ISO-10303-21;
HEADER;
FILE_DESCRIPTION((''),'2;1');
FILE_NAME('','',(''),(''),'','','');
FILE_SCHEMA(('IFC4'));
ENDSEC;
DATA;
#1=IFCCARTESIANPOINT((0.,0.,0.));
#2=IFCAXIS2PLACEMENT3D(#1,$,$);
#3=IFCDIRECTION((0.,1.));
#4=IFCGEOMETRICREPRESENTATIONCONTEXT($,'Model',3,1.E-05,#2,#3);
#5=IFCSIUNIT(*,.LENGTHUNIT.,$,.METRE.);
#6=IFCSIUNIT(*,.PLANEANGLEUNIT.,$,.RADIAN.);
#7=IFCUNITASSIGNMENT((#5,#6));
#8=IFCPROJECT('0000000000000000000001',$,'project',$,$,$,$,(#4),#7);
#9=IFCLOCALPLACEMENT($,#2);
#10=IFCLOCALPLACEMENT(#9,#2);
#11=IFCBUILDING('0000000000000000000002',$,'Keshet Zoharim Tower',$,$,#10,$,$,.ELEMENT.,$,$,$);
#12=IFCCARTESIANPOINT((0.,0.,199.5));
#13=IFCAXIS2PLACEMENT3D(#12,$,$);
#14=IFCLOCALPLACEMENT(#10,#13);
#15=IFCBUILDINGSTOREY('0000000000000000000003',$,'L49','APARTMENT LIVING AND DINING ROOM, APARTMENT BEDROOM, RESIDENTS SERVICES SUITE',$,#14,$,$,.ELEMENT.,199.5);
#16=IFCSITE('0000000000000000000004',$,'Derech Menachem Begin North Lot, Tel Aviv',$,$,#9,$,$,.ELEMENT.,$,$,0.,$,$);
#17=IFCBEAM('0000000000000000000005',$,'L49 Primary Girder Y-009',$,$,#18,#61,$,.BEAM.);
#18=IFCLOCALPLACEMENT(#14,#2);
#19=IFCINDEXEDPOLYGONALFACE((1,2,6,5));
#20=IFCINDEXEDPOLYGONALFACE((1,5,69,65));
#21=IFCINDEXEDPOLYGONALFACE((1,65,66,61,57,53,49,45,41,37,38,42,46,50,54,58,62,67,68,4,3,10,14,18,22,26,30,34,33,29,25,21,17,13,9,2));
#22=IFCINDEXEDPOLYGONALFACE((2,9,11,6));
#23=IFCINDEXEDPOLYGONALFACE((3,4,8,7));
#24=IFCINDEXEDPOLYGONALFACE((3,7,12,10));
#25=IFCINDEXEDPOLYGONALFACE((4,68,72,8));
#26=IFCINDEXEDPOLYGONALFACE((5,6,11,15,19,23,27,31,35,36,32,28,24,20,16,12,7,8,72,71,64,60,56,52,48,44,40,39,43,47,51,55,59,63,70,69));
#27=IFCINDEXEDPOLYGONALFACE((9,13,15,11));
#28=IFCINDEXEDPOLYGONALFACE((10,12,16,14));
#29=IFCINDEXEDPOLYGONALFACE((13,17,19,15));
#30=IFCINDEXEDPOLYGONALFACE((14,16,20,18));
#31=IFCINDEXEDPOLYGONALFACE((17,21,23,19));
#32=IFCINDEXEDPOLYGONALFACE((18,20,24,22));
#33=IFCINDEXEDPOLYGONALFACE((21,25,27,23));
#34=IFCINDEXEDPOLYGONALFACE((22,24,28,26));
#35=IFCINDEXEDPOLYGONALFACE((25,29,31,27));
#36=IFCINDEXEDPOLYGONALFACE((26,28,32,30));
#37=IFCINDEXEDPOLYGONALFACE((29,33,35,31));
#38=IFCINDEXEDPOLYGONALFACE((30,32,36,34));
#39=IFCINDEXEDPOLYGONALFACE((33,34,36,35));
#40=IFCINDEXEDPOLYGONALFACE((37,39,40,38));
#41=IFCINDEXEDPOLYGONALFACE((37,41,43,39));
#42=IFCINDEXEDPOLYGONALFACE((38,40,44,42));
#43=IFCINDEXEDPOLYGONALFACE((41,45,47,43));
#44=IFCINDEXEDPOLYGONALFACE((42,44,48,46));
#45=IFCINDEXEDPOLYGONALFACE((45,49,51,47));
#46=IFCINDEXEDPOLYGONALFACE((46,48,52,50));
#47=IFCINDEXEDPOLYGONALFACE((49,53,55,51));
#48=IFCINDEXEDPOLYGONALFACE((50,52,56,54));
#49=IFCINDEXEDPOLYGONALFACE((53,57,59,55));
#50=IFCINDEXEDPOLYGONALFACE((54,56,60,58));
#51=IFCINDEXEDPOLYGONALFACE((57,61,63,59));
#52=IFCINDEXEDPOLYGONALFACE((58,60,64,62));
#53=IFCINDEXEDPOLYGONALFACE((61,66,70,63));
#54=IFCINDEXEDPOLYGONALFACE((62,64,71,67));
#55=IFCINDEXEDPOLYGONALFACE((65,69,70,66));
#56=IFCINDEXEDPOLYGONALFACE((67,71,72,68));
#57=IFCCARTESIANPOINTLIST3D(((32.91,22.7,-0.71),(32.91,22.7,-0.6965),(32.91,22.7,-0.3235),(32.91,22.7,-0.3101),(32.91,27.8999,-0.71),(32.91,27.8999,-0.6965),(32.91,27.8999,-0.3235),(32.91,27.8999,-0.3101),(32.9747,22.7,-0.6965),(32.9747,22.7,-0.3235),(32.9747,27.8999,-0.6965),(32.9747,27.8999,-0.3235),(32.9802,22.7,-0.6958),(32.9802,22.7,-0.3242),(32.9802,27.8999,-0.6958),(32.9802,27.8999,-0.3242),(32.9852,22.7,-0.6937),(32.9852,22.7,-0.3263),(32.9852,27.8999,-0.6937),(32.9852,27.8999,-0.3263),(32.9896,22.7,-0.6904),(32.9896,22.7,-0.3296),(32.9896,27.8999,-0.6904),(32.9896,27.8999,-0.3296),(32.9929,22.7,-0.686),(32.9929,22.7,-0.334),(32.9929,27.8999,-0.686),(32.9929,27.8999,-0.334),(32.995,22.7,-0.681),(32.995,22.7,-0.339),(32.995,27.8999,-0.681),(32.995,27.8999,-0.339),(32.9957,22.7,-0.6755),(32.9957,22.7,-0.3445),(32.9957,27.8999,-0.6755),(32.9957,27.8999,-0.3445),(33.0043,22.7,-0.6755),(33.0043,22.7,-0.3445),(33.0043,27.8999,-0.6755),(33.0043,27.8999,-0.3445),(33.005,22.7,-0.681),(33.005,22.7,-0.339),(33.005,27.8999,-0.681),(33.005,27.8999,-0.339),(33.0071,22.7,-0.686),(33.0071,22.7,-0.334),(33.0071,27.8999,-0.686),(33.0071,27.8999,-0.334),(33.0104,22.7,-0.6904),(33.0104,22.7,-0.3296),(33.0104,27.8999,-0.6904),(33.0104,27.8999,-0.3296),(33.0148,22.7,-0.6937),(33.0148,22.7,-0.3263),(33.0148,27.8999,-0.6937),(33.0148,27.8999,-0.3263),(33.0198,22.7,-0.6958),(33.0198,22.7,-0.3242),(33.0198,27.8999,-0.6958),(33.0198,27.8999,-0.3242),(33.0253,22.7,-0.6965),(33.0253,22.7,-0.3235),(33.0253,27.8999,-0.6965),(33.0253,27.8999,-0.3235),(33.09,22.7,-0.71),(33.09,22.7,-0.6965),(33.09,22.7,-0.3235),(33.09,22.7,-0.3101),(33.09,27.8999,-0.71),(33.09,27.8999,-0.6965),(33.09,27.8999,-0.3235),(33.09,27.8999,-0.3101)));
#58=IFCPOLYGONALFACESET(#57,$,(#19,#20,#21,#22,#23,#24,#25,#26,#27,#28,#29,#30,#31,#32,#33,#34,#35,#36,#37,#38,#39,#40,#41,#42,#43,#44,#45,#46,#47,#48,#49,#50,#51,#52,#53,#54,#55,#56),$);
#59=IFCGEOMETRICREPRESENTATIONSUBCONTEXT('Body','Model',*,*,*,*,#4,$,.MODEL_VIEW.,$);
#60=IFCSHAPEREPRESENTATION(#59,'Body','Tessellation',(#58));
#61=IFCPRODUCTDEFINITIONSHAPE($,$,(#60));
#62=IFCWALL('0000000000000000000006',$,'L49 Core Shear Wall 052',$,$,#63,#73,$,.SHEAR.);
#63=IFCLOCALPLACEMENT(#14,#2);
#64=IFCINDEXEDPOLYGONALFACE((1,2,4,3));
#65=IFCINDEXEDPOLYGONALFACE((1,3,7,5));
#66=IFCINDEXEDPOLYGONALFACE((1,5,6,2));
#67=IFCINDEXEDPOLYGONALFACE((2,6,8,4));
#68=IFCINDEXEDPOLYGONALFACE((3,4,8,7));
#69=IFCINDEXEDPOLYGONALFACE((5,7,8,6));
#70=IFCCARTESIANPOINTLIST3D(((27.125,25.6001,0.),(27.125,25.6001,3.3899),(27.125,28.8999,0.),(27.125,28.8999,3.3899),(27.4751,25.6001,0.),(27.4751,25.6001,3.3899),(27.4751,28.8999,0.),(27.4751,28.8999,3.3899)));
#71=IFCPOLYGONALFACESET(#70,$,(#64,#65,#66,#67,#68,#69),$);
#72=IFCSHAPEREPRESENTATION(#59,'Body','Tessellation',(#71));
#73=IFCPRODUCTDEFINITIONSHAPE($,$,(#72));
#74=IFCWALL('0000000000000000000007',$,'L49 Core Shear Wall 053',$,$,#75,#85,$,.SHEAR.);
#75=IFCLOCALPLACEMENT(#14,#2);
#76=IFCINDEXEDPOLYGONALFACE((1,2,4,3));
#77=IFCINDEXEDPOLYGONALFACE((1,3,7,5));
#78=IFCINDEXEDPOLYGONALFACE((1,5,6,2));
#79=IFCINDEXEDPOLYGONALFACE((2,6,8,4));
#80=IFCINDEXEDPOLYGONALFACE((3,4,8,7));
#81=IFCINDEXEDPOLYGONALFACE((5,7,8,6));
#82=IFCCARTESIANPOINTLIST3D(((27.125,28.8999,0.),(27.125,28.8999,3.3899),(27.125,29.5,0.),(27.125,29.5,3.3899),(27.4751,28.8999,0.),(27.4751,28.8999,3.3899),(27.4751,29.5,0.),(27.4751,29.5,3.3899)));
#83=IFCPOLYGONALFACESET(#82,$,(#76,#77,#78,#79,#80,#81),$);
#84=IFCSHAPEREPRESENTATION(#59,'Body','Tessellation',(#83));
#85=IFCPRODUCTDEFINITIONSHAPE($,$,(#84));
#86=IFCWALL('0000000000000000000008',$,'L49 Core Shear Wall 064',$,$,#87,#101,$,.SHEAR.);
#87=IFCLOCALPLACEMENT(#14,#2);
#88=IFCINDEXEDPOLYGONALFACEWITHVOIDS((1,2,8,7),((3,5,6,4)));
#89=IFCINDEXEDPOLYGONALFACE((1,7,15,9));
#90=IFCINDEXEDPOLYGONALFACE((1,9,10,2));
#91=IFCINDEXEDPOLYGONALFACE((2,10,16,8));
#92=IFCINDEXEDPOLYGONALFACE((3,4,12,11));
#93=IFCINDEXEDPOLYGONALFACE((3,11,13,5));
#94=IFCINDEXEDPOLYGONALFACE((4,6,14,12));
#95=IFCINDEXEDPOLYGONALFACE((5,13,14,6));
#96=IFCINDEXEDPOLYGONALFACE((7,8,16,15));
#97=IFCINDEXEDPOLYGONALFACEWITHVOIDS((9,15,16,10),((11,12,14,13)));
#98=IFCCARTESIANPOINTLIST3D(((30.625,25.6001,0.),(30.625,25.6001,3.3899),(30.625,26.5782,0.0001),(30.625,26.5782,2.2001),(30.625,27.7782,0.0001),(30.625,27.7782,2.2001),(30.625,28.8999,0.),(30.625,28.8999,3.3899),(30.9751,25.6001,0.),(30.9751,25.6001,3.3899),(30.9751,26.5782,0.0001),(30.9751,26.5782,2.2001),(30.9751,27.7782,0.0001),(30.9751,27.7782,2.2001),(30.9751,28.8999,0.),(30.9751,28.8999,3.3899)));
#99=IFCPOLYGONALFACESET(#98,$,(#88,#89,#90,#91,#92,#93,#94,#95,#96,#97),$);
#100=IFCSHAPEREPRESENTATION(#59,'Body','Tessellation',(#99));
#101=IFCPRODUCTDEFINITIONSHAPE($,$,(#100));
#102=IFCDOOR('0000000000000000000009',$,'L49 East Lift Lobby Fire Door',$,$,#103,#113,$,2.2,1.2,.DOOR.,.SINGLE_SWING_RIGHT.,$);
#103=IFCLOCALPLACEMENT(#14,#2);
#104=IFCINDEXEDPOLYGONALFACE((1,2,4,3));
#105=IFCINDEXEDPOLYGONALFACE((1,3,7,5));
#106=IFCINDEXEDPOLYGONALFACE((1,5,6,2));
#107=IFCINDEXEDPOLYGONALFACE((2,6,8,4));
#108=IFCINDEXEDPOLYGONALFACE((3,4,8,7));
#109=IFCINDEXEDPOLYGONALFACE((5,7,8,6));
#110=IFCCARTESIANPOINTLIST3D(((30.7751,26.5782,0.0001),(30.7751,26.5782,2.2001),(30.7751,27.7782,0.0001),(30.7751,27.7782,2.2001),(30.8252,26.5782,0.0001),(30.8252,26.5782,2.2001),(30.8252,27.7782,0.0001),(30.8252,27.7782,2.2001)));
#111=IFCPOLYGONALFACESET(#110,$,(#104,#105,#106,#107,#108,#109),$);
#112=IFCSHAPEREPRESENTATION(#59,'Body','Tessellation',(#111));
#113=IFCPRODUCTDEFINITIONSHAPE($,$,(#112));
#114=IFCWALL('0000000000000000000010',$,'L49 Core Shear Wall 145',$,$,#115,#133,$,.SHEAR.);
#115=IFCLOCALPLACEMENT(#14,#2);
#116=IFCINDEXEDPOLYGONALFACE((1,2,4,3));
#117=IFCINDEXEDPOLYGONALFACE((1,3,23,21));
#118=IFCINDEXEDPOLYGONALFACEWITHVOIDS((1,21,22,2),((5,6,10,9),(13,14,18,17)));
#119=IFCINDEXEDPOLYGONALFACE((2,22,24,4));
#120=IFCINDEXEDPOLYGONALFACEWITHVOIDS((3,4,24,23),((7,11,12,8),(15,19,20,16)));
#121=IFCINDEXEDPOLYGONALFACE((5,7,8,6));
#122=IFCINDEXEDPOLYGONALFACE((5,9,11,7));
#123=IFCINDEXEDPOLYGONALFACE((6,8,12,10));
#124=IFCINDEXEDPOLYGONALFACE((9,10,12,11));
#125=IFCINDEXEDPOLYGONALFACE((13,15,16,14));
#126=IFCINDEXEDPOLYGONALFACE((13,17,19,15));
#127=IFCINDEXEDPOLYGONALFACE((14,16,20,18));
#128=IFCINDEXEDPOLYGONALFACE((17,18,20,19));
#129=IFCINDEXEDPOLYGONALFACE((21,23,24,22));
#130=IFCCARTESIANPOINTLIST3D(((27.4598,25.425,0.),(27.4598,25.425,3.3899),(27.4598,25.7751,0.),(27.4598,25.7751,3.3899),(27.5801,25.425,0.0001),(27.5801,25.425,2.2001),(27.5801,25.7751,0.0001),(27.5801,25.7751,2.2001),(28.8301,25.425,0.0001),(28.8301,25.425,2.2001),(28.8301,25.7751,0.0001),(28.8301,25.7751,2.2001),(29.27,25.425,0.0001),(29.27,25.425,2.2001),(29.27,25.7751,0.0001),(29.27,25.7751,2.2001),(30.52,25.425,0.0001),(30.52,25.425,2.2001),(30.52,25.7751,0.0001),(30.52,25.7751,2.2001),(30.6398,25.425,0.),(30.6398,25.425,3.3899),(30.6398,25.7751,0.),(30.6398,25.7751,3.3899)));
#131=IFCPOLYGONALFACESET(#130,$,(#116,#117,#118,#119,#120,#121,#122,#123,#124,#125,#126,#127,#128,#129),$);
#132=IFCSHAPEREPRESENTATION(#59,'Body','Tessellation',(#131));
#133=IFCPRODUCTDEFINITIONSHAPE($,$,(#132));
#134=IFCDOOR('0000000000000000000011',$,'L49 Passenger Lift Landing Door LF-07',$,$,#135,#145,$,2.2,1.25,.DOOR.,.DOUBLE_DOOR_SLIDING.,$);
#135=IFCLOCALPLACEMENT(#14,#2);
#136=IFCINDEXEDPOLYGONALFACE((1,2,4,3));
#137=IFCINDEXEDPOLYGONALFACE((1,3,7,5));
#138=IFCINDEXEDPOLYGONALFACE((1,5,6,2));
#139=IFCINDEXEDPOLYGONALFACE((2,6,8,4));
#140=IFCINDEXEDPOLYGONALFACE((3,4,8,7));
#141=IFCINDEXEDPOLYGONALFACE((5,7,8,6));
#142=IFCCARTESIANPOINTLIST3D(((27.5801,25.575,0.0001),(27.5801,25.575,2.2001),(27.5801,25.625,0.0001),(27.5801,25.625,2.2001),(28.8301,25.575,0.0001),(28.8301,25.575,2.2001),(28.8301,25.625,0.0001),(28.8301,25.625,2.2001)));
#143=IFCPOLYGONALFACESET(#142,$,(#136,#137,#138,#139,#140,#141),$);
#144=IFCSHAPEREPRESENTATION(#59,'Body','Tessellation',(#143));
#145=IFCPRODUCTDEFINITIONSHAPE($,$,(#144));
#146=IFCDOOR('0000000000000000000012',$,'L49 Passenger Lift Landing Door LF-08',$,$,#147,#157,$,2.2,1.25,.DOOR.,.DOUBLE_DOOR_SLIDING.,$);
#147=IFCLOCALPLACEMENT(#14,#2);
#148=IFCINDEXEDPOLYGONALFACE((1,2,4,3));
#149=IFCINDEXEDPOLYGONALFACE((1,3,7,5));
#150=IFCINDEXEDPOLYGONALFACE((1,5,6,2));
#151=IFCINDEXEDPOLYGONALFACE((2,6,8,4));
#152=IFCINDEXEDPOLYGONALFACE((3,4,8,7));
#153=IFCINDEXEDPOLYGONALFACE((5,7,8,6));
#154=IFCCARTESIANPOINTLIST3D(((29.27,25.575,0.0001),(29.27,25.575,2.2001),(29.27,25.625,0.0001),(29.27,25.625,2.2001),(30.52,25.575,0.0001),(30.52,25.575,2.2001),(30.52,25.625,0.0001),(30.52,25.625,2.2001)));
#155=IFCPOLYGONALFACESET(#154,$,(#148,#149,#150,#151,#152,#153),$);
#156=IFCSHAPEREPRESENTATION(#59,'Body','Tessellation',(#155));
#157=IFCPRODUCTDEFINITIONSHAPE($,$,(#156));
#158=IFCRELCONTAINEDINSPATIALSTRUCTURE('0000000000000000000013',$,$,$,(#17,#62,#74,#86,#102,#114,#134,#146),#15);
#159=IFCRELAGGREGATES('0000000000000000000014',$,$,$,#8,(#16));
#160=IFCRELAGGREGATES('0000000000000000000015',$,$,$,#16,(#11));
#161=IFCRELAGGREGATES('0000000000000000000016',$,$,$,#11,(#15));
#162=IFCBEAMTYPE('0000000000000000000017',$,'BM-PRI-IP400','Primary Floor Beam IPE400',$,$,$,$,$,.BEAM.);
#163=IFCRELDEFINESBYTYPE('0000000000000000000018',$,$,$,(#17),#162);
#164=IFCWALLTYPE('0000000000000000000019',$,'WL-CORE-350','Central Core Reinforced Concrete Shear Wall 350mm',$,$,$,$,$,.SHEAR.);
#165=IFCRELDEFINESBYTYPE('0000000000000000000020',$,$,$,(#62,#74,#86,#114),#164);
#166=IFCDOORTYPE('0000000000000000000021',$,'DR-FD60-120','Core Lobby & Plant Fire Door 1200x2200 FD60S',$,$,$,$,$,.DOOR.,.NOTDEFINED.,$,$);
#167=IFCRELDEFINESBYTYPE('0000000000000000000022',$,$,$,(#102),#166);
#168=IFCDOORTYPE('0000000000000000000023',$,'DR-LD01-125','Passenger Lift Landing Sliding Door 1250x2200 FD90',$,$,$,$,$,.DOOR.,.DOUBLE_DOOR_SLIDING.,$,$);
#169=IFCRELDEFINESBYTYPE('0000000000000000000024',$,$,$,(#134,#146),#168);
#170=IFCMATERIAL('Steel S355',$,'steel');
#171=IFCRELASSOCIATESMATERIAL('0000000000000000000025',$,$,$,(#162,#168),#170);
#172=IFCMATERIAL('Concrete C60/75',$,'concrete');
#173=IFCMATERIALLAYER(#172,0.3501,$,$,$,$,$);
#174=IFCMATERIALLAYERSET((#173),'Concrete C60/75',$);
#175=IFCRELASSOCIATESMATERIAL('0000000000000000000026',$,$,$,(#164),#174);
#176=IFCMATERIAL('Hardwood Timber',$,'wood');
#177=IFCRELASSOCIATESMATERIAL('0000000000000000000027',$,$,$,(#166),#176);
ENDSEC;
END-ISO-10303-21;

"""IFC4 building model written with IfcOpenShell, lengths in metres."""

from ifc_helpers import new_model, si_unit, direction, frame, frame_2d, origin, origin_2d, place, context, subcontext, project, spatial, rectangle, i_section, extrude, material, layer, layer_set, material_profile, profile_set, type_object, element, fill, save


model = new_model("IFC4")

# Units and contexts
model_context = context("Model", 3, precision=1e-05, world=origin(), true_north=direction((0.0, 1.0)))
body_context = subcontext(model_context, "Body", "Model", "MODEL_VIEW")
ifc_project = project(units=[si_unit("LENGTHUNIT", "METRE"), si_unit("PLANEANGLEUNIT", "RADIAN")], contexts=[model_context])

# Site, building, storey
site_placement = place(None, origin())
site = spatial("IfcSite", under=ifc_project, at=site_placement, Name="Derech Menachem Begin North Lot, Tel Aviv", CompositionType="ELEMENT", RefElevation=0.0)
building_placement = place(site_placement, origin())
building = spatial("IfcBuilding", under=site, at=building_placement, Name="Keshet Zoharim Tower", CompositionType="ELEMENT")
storey_placement = place(building_placement, frame((0.0, 0.0, 199.5)))
storey = spatial("IfcBuildingStorey", under=building, at=storey_placement, Name="L49", Description="APARTMENT LIVING AND DINING ROOM, APARTMENT BEDROOM, RESIDENTS SERVICES SUITE", CompositionType="ELEMENT", Elevation=199.5)

# Shared definitions
ifc_material_1 = material(Name="Concrete C60/75", Category="concrete")

# Beam
ifc_material_2 = material(Name="Steel S355", Category="steel")
ifc_material_profile_1 = material_profile(ifc_material_2, i_section(OverallWidth=0.1799, OverallDepth=0.3999, WebThickness=0.0085, FlangeThickness=0.0134, FilletRadius=0.021, at=origin_2d()), Name="IPE400")
ifc_profile_set_1 = profile_set([ifc_material_profile_1], Name="Steel S355")
beam_type_1 = type_object("IfcBeamType", Name="BM-PRI-IP400", Description="Primary Floor Beam IPE400", PredefinedType="BEAM", material=ifc_profile_set_1)
beam_1_placement = place(storey_placement, frame((33.0, 22.7, -0.51), z_axis=(0.0, 1.0, 0.0), x_axis=(-1.0, 0.0, 0.0)))
element("IfcBeam", 1, at=beam_1_placement, inside=storey, type_object=beam_type_1, Name="L49 Primary Girder Y-009", PredefinedType="BEAM", context=body_context, shape_type="SweptSolid", body=[
    extrude(i_section(OverallWidth=0.1799, OverallDepth=0.3999, WebThickness=0.0085, FlangeThickness=0.0134, FilletRadius=0.021, at=origin_2d()), origin(), (0.0, 0.0, 1.0), 5.2),
])

# Walls
ifc_layer_1 = layer(ifc_material_1, 0.3501)
ifc_layer_set_1 = layer_set([ifc_layer_1], Name="Concrete C60/75")
wall_type_1 = type_object("IfcWallType", Name="WL-CORE-350", Description="Central Core Reinforced Concrete Shear Wall 350mm", PredefinedType="SHEAR", material=ifc_layer_set_1)
wall_1_placement = place(storey_placement, frame((27.3, 25.6001, 0.0), z_axis=(0.0, 0.0, 1.0), x_axis=(0.0, 1.0, 0.0)))
element("IfcWall", 2, at=wall_1_placement, inside=storey, type_object=wall_type_1, Name="L49 Core Shear Wall 052", PredefinedType="SHEAR", context=body_context, shape_type="SweptSolid", body=[
    extrude(rectangle(XDim=3.2998, YDim=0.3501, at=frame_2d((1.6499, 0.0))), origin(), (0.0, 0.0, 1.0), 3.3899),
])
wall_2_placement = place(storey_placement, frame((27.3, 28.8999, 0.0), z_axis=(0.0, 0.0, 1.0), x_axis=(0.0, 1.0, 0.0)))
element("IfcWall", 3, at=wall_2_placement, inside=storey, type_object=wall_type_1, Name="L49 Core Shear Wall 053", PredefinedType="SHEAR", context=body_context, shape_type="SweptSolid", body=[
    extrude(rectangle(XDim=0.6001, YDim=0.3501, at=frame_2d((0.3, 0.0))), origin(), (0.0, 0.0, 1.0), 3.3899),
])

# Wall, opening, door
wall_3_placement = place(storey_placement, frame((30.8, 25.6001, 0.0), z_axis=(0.0, 0.0, 1.0), x_axis=(0.0, 1.0, 0.0)))
wall_3 = element("IfcWall", 4, at=wall_3_placement, inside=storey, type_object=wall_type_1, Name="L49 Core Shear Wall 064", PredefinedType="SHEAR", context=body_context, shape_type="SweptSolid", body=[
    extrude(rectangle(XDim=3.2998, YDim=0.3501, at=frame_2d((1.6499, 0.0))), origin(), (0.0, 0.0, 1.0), 3.3899),
])
opening_1_placement = place(wall_3_placement, frame((0.978, 0.0, 0.0)))
opening_1 = element("IfcOpeningElement", 5, at=opening_1_placement, cuts=wall_3, PredefinedType="OPENING", context=body_context, shape_type="SweptSolid", body=[
    extrude(rectangle(XDim=1.2, YDim=2.2, at=frame_2d((0.6001, 1.1001))), frame((0.0, 0.1851, 0.0), z_axis=(0.0, -1.0, 0.0), x_axis=(1.0, 0.0, 0.0)), (0.0, 0.0, 1.0), 0.3701),
])
ifc_material_3 = material(Name="Hardwood Timber", Category="wood")
door_type_1 = type_object("IfcDoorType", Name="DR-FD60-120", Description="Core Lobby & Plant Fire Door 1200x2200 FD60S", OperationType="NOTDEFINED", PredefinedType="DOOR", material=ifc_material_3)
door_1_placement = place(opening_1_placement, origin())
door_1 = element("IfcDoor", 6, at=door_1_placement, inside=storey, type_object=door_type_1, Name="L49 East Lift Lobby Fire Door", OperationType="SINGLE_SWING_RIGHT", OverallHeight=2.2, OverallWidth=1.2, PredefinedType="DOOR", context=body_context, shape_type="SweptSolid", body=[
    extrude(rectangle(XDim=1.2, YDim=2.2, at=frame_2d((0.6001, 1.1001))), frame((0.0, 0.0249, 0.0), z_axis=(0.0, -1.0, 0.0), x_axis=(1.0, 0.0, 0.0)), (0.0, 0.0, 1.0), 0.05),
])
fill(opening_1, door_1)

# Wall, openings, doors
wall_4_placement = place(storey_placement, frame((27.46, 25.6001, 0.0), z_axis=(0.0, 0.0, 1.0), x_axis=(1.0, 0.0, 0.0)))
wall_4 = element("IfcWall", 7, at=wall_4_placement, inside=storey, type_object=wall_type_1, Name="L49 Core Shear Wall 145", PredefinedType="SHEAR", context=body_context, shape_type="SweptSolid", body=[
    extrude(rectangle(XDim=3.1799, YDim=0.3501, at=frame_2d((1.5898, 0.0))), origin(), (0.0, 0.0, 1.0), 3.3899),
])
opening_2_placement = place(wall_4_placement, frame((0.1201, 0.0, 0.0)))
opening_2 = element("IfcOpeningElement", 8, at=opening_2_placement, cuts=wall_4, PredefinedType="OPENING", context=body_context, shape_type="SweptSolid", body=[
    extrude(rectangle(XDim=1.25, YDim=2.2, at=frame_2d((0.625, 1.1001))), frame((0.0, 0.1851, 0.0), z_axis=(0.0, -1.0, 0.0), x_axis=(1.0, 0.0, 0.0)), (0.0, 0.0, 1.0), 0.3701),
])
opening_3_placement = place(wall_4_placement, frame((1.8101, 0.0, 0.0)))
opening_3 = element("IfcOpeningElement", 9, at=opening_3_placement, cuts=wall_4, PredefinedType="OPENING", context=body_context, shape_type="SweptSolid", body=[
    extrude(rectangle(XDim=1.25, YDim=2.2, at=frame_2d((0.625, 1.1001))), frame((0.0, 0.1851, 0.0), z_axis=(0.0, -1.0, 0.0), x_axis=(1.0, 0.0, 0.0)), (0.0, 0.0, 1.0), 0.3701),
])
door_type_2 = type_object("IfcDoorType", Name="DR-LD01-125", Description="Passenger Lift Landing Sliding Door 1250x2200 FD90", OperationType="DOUBLE_DOOR_SLIDING", PredefinedType="DOOR", material=ifc_material_2)
door_2_placement = place(opening_2_placement, origin())
door_2 = element("IfcDoor", 10, at=door_2_placement, inside=storey, type_object=door_type_2, Name="L49 Passenger Lift Landing Door LF-07", OperationType="DOUBLE_DOOR_SLIDING", OverallHeight=2.2, OverallWidth=1.25, PredefinedType="DOOR", context=body_context, shape_type="SweptSolid", body=[
    extrude(rectangle(XDim=1.25, YDim=2.2, at=frame_2d((0.625, 1.1001))), frame((0.0, 0.0249, 0.0), z_axis=(0.0, -1.0, 0.0), x_axis=(1.0, 0.0, 0.0)), (0.0, 0.0, 1.0), 0.05),
])
fill(opening_2, door_2)
door_3_placement = place(opening_3_placement, origin())
door_3 = element("IfcDoor", 11, at=door_3_placement, inside=storey, type_object=door_type_2, Name="L49 Passenger Lift Landing Door LF-08", OperationType="DOUBLE_DOOR_SLIDING", OverallHeight=2.2, OverallWidth=1.25, PredefinedType="DOOR", context=body_context, shape_type="SweptSolid", body=[
    extrude(rectangle(XDim=1.25, YDim=2.2, at=frame_2d((0.625, 1.1001))), frame((0.0, 0.0249, 0.0), z_axis=(0.0, -1.0, 0.0), x_axis=(1.0, 0.0, 0.0)), (0.0, 0.0, 1.0), 0.05),
])
fill(opening_3, door_3)

save(model, "model.ifc")
